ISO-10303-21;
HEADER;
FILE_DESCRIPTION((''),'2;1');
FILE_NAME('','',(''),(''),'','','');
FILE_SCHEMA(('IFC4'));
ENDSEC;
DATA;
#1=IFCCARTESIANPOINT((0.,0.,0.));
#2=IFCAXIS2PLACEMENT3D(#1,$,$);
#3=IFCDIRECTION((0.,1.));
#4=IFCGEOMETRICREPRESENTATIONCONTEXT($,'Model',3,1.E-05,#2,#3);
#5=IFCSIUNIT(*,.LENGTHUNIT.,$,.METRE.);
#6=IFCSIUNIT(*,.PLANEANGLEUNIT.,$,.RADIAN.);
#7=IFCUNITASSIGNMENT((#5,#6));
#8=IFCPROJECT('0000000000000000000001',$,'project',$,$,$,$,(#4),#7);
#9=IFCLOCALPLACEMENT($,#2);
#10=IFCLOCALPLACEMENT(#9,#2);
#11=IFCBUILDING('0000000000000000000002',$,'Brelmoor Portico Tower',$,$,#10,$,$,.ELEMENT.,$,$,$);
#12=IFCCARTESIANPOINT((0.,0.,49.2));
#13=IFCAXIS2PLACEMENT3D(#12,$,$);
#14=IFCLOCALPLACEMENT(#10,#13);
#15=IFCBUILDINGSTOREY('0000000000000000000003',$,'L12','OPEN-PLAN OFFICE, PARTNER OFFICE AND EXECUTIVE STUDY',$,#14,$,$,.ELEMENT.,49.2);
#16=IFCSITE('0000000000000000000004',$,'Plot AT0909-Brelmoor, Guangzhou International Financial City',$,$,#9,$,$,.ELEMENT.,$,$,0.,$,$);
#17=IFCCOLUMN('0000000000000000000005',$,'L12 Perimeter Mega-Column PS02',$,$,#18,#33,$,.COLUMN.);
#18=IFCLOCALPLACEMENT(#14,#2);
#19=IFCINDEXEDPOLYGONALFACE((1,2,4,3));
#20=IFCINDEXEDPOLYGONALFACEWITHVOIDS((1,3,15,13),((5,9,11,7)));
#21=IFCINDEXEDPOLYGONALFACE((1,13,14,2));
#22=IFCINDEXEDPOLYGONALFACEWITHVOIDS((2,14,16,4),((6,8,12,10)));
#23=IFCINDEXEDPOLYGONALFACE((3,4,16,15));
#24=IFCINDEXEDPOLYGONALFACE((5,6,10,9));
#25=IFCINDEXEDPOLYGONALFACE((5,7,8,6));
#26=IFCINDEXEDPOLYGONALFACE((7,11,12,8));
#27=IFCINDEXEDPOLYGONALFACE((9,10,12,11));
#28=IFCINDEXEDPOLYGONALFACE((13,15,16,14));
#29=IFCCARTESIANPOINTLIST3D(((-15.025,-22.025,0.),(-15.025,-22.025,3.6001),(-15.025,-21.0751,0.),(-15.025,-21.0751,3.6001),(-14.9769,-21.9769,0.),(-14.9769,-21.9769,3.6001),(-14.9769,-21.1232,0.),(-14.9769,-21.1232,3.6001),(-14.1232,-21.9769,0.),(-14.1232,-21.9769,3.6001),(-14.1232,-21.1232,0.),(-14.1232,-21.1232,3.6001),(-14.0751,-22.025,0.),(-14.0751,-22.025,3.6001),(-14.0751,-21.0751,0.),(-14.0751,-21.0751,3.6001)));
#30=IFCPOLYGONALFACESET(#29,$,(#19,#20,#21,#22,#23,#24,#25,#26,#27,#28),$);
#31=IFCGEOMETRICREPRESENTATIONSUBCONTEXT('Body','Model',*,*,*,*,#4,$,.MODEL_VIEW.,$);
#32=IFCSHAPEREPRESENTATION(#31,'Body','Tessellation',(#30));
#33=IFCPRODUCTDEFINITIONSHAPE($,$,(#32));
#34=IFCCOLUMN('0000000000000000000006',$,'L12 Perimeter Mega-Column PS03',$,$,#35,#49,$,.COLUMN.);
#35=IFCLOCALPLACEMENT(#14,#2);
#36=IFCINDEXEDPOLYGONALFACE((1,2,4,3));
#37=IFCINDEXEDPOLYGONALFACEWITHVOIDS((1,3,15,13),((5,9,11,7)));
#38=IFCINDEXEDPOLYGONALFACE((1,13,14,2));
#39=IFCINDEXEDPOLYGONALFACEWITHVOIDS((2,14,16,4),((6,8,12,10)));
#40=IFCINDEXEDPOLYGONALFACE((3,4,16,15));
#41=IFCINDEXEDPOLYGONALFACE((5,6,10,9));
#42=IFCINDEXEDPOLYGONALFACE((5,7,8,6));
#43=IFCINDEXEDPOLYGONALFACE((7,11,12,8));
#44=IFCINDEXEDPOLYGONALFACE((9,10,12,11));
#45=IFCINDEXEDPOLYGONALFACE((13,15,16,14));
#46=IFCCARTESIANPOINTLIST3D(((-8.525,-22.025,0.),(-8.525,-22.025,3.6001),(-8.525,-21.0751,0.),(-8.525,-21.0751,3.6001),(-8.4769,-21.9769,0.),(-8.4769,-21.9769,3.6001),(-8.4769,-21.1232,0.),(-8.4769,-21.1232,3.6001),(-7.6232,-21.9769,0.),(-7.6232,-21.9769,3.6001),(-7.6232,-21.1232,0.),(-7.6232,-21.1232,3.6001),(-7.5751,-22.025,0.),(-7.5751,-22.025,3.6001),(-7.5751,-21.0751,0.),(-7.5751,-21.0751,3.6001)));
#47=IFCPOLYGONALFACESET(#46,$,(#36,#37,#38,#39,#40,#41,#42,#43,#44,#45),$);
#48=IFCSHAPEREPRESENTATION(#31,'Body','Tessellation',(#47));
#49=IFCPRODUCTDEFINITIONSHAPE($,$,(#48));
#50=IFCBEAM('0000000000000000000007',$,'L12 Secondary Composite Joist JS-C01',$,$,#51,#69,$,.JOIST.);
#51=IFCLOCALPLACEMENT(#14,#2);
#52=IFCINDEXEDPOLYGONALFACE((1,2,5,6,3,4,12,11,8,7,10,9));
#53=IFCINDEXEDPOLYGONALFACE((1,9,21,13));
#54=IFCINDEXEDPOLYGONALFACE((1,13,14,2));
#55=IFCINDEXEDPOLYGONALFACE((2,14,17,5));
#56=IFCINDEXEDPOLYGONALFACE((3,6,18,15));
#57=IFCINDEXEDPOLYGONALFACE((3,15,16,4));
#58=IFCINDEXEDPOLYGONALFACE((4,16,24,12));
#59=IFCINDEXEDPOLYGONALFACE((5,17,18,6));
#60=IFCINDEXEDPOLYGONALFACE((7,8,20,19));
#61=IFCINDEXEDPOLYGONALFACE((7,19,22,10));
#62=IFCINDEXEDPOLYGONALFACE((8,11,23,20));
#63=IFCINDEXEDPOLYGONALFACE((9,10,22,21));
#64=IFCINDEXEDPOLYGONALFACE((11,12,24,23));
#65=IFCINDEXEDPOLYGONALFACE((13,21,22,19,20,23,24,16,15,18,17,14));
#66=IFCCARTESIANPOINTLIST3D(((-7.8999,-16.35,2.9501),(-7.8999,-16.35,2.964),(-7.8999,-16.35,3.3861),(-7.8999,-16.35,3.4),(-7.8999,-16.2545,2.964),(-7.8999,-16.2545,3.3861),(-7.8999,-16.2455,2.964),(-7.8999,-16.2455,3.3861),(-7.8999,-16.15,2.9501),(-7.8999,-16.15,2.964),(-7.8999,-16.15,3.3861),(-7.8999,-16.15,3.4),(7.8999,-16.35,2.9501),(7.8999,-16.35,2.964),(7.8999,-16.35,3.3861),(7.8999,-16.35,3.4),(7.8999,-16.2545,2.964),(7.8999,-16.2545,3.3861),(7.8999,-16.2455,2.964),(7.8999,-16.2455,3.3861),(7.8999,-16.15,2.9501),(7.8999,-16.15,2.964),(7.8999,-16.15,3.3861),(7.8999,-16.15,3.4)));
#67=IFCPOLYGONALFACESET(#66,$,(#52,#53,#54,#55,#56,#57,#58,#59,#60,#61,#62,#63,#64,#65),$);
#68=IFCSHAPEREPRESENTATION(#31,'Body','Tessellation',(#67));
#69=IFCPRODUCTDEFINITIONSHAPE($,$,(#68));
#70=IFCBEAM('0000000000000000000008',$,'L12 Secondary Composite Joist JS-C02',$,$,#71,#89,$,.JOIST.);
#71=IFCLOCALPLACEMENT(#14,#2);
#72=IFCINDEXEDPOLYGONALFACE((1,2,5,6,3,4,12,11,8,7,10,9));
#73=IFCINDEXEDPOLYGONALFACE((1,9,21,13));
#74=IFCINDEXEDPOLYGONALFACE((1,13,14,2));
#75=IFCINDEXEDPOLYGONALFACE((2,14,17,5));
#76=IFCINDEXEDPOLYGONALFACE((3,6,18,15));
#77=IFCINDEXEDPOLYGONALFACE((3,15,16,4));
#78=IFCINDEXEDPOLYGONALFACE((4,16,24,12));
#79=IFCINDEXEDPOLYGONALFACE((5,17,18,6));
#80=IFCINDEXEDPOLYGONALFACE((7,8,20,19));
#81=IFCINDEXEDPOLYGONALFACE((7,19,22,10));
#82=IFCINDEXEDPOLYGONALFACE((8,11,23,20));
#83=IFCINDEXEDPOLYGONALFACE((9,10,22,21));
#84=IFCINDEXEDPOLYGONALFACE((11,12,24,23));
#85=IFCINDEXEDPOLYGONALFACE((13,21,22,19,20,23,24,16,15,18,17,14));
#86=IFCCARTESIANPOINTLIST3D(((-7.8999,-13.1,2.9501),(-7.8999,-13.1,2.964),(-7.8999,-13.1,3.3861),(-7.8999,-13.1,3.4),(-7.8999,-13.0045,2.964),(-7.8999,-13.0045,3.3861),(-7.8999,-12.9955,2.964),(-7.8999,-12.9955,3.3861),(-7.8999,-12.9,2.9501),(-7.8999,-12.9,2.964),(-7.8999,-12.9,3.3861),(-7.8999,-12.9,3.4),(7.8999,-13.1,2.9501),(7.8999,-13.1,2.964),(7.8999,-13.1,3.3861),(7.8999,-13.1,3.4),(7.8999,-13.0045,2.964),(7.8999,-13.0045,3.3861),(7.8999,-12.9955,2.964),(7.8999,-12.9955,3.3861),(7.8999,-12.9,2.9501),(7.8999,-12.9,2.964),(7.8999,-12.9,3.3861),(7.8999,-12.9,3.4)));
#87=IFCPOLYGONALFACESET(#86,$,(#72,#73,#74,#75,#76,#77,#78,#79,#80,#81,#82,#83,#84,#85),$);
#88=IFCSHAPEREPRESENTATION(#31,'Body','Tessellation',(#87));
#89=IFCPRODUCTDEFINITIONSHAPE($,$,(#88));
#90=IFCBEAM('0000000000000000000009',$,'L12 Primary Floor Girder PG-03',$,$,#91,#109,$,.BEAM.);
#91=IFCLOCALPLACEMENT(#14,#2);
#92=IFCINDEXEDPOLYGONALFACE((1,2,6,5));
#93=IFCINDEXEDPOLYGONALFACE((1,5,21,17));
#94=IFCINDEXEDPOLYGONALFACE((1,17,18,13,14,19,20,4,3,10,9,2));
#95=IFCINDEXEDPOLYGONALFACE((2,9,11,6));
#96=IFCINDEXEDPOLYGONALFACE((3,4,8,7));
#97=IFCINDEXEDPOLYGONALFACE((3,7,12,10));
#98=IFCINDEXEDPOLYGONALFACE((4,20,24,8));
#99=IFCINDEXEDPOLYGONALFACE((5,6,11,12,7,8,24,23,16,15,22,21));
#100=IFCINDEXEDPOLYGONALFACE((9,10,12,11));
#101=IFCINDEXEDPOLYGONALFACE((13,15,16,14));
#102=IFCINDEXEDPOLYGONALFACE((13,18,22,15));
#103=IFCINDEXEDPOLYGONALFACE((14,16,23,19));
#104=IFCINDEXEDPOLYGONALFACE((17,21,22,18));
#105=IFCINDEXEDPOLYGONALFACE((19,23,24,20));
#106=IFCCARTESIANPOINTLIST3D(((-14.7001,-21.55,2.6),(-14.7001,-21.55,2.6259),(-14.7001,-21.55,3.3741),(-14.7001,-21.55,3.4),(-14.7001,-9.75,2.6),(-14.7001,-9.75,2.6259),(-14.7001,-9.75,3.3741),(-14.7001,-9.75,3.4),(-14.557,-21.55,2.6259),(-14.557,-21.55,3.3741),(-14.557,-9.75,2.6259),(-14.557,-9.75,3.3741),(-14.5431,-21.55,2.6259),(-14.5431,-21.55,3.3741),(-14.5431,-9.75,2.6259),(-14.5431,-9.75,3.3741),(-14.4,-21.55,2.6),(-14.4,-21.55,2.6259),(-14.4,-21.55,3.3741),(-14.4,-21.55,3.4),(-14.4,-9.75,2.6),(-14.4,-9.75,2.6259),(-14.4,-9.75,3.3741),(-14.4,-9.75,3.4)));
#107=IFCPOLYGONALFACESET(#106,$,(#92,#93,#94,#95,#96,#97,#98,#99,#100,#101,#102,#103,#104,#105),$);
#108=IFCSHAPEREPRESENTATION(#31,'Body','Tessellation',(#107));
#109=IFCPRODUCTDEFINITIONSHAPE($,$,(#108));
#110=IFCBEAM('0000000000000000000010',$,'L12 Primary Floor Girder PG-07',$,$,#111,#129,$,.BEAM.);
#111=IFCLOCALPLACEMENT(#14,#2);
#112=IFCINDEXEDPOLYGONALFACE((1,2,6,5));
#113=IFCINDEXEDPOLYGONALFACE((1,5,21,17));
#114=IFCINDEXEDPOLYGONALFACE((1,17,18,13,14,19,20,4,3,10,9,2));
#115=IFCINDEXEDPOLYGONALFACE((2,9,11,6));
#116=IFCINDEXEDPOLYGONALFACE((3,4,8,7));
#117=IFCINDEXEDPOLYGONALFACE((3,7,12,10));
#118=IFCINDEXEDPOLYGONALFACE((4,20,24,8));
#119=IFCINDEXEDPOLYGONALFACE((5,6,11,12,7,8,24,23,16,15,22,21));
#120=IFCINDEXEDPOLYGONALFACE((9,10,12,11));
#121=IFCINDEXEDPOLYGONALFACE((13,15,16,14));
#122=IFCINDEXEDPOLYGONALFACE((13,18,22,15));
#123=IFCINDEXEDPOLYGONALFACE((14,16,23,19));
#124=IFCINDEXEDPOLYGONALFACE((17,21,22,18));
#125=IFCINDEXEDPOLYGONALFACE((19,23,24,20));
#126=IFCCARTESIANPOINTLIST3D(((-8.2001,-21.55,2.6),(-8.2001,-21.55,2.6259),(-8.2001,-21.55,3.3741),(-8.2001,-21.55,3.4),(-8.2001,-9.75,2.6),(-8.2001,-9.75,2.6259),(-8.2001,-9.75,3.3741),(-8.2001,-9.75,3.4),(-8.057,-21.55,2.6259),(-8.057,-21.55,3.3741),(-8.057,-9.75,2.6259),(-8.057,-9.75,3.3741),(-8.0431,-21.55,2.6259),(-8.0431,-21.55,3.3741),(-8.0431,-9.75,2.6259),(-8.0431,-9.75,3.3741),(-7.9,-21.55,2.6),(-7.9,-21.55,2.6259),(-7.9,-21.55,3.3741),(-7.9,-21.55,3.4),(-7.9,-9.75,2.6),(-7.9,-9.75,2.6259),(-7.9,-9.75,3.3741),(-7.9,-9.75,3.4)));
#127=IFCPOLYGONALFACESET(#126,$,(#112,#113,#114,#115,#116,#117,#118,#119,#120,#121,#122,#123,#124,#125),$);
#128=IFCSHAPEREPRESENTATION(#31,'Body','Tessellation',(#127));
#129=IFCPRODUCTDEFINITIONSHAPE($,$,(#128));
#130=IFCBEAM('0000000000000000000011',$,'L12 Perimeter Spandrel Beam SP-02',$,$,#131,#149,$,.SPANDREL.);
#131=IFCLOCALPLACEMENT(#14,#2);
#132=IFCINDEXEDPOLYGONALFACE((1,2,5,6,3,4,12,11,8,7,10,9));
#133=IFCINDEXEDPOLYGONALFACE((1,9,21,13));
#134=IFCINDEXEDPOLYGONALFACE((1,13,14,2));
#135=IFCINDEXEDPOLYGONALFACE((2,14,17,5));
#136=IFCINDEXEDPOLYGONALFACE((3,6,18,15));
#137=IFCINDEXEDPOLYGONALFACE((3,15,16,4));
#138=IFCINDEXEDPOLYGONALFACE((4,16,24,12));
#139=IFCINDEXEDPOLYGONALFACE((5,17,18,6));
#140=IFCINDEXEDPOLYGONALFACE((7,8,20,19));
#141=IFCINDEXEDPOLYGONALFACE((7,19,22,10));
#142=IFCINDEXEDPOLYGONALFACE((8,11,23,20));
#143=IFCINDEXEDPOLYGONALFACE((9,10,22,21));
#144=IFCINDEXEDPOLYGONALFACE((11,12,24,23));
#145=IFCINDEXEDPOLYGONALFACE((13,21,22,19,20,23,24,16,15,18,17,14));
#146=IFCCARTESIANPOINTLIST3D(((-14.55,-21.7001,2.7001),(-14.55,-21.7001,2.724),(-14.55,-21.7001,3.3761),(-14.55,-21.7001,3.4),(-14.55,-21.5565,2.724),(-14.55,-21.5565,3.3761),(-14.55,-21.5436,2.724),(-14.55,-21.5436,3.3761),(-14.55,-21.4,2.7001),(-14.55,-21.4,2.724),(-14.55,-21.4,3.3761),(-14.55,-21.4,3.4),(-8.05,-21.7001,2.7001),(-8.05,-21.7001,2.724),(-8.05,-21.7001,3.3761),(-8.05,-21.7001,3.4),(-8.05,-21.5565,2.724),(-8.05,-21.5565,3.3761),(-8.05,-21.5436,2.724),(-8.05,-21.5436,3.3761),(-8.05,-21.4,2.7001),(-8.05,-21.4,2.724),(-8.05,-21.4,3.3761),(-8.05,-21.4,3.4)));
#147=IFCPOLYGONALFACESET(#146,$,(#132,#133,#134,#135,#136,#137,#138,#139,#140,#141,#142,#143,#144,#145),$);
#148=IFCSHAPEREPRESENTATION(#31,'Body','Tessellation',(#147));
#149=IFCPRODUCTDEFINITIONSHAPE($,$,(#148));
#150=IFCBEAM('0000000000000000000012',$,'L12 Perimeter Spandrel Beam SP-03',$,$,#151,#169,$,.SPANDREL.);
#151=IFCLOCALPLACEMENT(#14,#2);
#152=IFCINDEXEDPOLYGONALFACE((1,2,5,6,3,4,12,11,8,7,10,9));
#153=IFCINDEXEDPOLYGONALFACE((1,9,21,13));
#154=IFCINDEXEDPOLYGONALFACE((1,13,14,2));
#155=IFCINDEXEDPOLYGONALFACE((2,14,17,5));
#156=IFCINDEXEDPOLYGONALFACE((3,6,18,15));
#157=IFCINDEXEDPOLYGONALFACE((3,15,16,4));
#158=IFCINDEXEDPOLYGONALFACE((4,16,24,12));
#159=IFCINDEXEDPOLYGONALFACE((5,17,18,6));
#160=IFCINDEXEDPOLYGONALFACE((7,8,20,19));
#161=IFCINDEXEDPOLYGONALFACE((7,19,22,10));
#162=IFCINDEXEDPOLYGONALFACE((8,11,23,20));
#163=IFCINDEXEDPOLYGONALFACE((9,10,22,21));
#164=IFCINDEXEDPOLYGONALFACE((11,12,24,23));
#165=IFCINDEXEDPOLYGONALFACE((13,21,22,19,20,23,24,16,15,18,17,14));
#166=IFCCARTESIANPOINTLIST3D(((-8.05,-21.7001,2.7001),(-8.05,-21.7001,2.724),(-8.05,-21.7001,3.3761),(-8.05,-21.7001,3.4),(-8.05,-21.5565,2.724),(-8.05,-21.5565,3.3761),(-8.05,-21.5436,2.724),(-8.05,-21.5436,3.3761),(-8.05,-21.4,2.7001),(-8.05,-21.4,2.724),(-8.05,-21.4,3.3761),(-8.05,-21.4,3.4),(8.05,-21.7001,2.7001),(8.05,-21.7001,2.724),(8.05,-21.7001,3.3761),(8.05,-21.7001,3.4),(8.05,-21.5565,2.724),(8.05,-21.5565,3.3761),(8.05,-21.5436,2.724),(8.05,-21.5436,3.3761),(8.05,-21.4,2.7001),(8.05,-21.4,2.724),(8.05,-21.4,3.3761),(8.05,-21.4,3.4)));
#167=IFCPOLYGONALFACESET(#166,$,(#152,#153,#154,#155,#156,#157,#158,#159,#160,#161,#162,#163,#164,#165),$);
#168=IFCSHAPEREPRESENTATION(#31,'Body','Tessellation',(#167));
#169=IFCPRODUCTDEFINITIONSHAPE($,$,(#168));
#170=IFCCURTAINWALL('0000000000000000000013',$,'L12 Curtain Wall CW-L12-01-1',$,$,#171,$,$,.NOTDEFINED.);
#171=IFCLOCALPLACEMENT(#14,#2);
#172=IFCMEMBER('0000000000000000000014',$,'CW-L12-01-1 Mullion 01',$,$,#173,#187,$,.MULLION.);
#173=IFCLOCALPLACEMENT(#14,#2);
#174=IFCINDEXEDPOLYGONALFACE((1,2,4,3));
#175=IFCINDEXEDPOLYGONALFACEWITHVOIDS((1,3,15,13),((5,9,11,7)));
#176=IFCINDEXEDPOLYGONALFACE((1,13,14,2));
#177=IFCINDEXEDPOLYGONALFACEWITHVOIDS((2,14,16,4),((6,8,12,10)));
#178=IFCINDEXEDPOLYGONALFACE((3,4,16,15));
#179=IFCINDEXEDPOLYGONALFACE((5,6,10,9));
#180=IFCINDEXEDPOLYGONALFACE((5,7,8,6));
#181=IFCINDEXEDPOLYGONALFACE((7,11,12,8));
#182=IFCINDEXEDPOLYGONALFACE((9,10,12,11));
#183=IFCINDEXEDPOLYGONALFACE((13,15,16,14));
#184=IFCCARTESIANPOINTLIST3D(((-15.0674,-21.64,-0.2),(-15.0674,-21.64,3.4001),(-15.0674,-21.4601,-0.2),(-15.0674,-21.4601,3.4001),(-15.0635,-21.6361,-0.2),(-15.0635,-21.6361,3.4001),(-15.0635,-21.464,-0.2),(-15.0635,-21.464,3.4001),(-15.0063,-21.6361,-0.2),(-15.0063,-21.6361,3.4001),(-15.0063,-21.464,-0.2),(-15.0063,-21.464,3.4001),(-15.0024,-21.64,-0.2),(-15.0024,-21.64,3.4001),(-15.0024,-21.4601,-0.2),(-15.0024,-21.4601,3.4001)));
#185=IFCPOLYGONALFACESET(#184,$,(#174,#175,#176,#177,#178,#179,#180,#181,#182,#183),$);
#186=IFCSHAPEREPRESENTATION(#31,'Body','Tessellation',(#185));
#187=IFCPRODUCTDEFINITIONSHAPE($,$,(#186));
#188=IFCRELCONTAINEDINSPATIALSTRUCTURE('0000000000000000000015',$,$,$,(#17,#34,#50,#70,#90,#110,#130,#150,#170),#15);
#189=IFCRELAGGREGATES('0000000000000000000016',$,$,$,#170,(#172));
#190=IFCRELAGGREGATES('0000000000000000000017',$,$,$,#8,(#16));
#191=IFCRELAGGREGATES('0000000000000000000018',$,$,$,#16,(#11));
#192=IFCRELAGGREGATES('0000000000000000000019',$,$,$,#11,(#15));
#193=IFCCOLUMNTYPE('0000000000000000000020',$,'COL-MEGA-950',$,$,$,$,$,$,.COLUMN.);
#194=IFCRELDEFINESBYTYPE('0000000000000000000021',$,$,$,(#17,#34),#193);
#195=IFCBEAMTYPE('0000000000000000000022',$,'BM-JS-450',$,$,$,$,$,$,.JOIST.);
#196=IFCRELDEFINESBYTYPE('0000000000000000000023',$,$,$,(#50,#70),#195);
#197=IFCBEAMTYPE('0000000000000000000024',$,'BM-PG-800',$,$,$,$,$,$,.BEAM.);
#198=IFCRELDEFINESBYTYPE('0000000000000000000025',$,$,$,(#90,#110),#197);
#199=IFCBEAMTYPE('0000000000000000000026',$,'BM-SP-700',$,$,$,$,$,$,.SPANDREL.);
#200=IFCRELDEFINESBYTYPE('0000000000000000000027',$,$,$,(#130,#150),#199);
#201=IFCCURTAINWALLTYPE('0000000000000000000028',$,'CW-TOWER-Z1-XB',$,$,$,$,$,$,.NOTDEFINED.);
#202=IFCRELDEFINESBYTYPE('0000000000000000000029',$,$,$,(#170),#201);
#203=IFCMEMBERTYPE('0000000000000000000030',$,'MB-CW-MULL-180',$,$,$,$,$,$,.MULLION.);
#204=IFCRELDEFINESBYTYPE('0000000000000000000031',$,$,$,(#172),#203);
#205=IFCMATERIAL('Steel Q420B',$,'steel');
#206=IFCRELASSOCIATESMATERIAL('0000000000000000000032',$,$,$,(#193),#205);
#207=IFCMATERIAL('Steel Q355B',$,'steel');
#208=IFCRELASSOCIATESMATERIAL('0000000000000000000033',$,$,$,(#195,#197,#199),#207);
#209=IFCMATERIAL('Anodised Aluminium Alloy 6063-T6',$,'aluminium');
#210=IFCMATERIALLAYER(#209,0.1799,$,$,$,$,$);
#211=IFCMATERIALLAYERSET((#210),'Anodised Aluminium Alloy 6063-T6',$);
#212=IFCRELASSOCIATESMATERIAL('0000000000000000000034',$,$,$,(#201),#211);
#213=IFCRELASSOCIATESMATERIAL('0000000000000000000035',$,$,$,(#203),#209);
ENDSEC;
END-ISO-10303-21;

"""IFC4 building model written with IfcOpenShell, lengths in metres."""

from ifc_helpers import new_model, si_unit, direction, frame, origin, origin_2d, place, context, subcontext, project, spatial, hollow_rectangle, i_section, extrude, material, layer, layer_set, material_profile, profile_set, type_object, element, aggregate, save


model = new_model("IFC4")

# Units and contexts
model_context = context("Model", 3, precision=1e-05, world=origin(), true_north=direction((0.0, 1.0)))
body_context = subcontext(model_context, "Body", "Model", "MODEL_VIEW")
ifc_project = project(units=[si_unit("LENGTHUNIT", "METRE"), si_unit("PLANEANGLEUNIT", "RADIAN")], contexts=[model_context])

# Site, building, storey
site_placement = place(None, origin())
site = spatial("IfcSite", under=ifc_project, at=site_placement, Name="Plot AT0909-Brelmoor, Guangzhou International Financial City", CompositionType="ELEMENT", RefElevation=0.0)
building_placement = place(site_placement, origin())
building = spatial("IfcBuilding", under=site, at=building_placement, Name="Brelmoor Portico Tower", CompositionType="ELEMENT")
storey_placement = place(building_placement, frame((0.0, 0.0, 49.2)))
storey = spatial("IfcBuildingStorey", under=building, at=storey_placement, Name="L12", Description="OPEN-PLAN OFFICE, PARTNER OFFICE AND EXECUTIVE STUDY", CompositionType="ELEMENT", Elevation=49.2)

# Columns
ifc_material_1 = material(Name="Steel Q420B", Category="steel")
ifc_material_profile_1 = material_profile(ifc_material_1, hollow_rectangle(XDim=0.95, YDim=0.95, WallThickness=0.0481, at=origin_2d()), Name="BOX 950x950x48")
ifc_profile_set_1 = profile_set([ifc_material_profile_1], Name="Steel Q420B")
column_type = type_object("IfcColumnType", Name="COL-MEGA-950", PredefinedType="COLUMN", material=ifc_profile_set_1)
for number, where, z_axis, x_axis, name in (
    (1, (-14.55, -21.55, 0.0), (0.0, 0.0, 1.0), (1.0, 0.0, 0.0), "L12 Perimeter Mega-Column PS02"),
    (2, (-8.05, -21.55, 0.0), (0.0, 0.0, 1.0), (1.0, 0.0, 0.0), "L12 Perimeter Mega-Column PS03"),
):
    element("IfcColumn", number, at=place(storey_placement, frame(where, z_axis=z_axis, x_axis=x_axis)), inside=storey, type_object=column_type, Name=name, PredefinedType="COLUMN", context=body_context, shape_type="SweptSolid", body=[
        extrude(hollow_rectangle(XDim=0.95, YDim=0.95, WallThickness=0.0481, at=origin_2d()), origin(), (0.0, 0.0, 1.0), 3.6001),
    ])

# Beams
ifc_material_2 = material(Name="Steel Q355B", Category="steel")
ifc_material_profile_2 = material_profile(ifc_material_2, i_section(OverallWidth=0.2, OverallDepth=0.45, WebThickness=0.009, FlangeThickness=0.0139, at=origin_2d()), Name="HN 450x200x9x14")
ifc_profile_set_2 = profile_set([ifc_material_profile_2], Name="Steel Q355B")
beam_type_1 = type_object("IfcBeamType", Name="BM-JS-450", PredefinedType="JOIST", material=ifc_profile_set_2)
for number, where, z_axis, x_axis, name in (
    (3, (-7.8999, -16.25, 3.175), (1.0, 0.0, 0.0), (0.0, 1.0, 0.0), "L12 Secondary Composite Joist JS-C01"),
    (4, (-7.8999, -13.0, 3.175), (1.0, 0.0, 0.0), (0.0, 1.0, 0.0), "L12 Secondary Composite Joist JS-C02"),
):
    element("IfcBeam", number, at=place(storey_placement, frame(where, z_axis=z_axis, x_axis=x_axis)), inside=storey, type_object=beam_type_1, Name=name, PredefinedType="JOIST", context=body_context, shape_type="SweptSolid", body=[
        extrude(i_section(OverallWidth=0.2, OverallDepth=0.45, WebThickness=0.009, FlangeThickness=0.0139, at=origin_2d()), origin(), (0.0, 0.0, 1.0), 15.7998),
    ])
ifc_material_profile_3 = material_profile(ifc_material_2, i_section(OverallWidth=0.3, OverallDepth=0.8, WebThickness=0.0139, FlangeThickness=0.0259, at=origin_2d()), Name="HN 800x300x14x26")
ifc_profile_set_3 = profile_set([ifc_material_profile_3], Name="Steel Q355B")
beam_type_2 = type_object("IfcBeamType", Name="BM-PG-800", PredefinedType="BEAM", material=ifc_profile_set_3)
for number, where, z_axis, x_axis, name in (
    (5, (-14.55, -21.55, 3.0), (0.0, 1.0, 0.0), (-1.0, 0.0, 0.0), "L12 Primary Floor Girder PG-03"),
    (6, (-8.05, -21.55, 3.0), (0.0, 1.0, 0.0), (-1.0, 0.0, 0.0), "L12 Primary Floor Girder PG-07"),
):
    element("IfcBeam", number, at=place(storey_placement, frame(where, z_axis=z_axis, x_axis=x_axis)), inside=storey, type_object=beam_type_2, Name=name, PredefinedType="BEAM", context=body_context, shape_type="SweptSolid", body=[
        extrude(i_section(OverallWidth=0.3, OverallDepth=0.8, WebThickness=0.0139, FlangeThickness=0.0259, at=origin_2d()), origin(), (0.0, 0.0, 1.0), 11.8),
    ])
ifc_material_profile_4 = material_profile(ifc_material_2, i_section(OverallWidth=0.3, OverallDepth=0.7, WebThickness=0.0129, FlangeThickness=0.0239, at=origin_2d()), Name="HN 700x300x13x24")
ifc_profile_set_4 = profile_set([ifc_material_profile_4], Name="Steel Q355B")
beam_type_3 = type_object("IfcBeamType", Name="BM-SP-700", PredefinedType="SPANDREL", material=ifc_profile_set_4)
beam_1_placement = place(storey_placement, frame((-14.55, -21.55, 3.05), z_axis=(1.0, 0.0, 0.0), x_axis=(0.0, 1.0, 0.0)))
element("IfcBeam", 7, at=beam_1_placement, inside=storey, type_object=beam_type_3, Name="L12 Perimeter Spandrel Beam SP-02", PredefinedType="SPANDREL", context=body_context, shape_type="SweptSolid", body=[
    extrude(i_section(OverallWidth=0.3, OverallDepth=0.7, WebThickness=0.0129, FlangeThickness=0.0239, at=origin_2d()), origin(), (0.0, 0.0, 1.0), 6.5),
])
beam_2_placement = place(storey_placement, frame((-8.05, -21.55, 3.05), z_axis=(1.0, 0.0, 0.0), x_axis=(0.0, 1.0, 0.0)))
element("IfcBeam", 8, at=beam_2_placement, inside=storey, type_object=beam_type_3, Name="L12 Perimeter Spandrel Beam SP-03", PredefinedType="SPANDREL", context=body_context, shape_type="SweptSolid", body=[
    extrude(i_section(OverallWidth=0.3, OverallDepth=0.7, WebThickness=0.0129, FlangeThickness=0.0239, at=origin_2d()), origin(), (0.0, 0.0, 1.0), 16.1001),
])

# Curtain wall, member
ifc_material_3 = material(Name="Anodised Aluminium Alloy 6063-T6", Category="aluminium")
ifc_layer_1 = layer(ifc_material_3, 0.1799)
ifc_layer_set_1 = layer_set([ifc_layer_1], Name="Anodised Aluminium Alloy 6063-T6")
curtain_wall_type_1 = type_object("IfcCurtainWallType", Name="CW-TOWER-Z1-XB", PredefinedType="NOTDEFINED", material=ifc_layer_set_1)
curtain_wall_1_placement = place(storey_placement, origin())
curtain_wall_1 = element("IfcCurtainWall", 9, at=curtain_wall_1_placement, inside=storey, type_object=curtain_wall_type_1, Name="L12 Curtain Wall CW-L12-01-1", PredefinedType="NOTDEFINED")
ifc_material_profile_5 = material_profile(ifc_material_3, hollow_rectangle(XDim=0.0649, YDim=0.1799, WallThickness=0.0039, at=origin_2d()), Name="ALU MULLION 65x180")
ifc_profile_set_5 = profile_set([ifc_material_profile_5], Name="Anodised Aluminium Alloy 6063-T6")
member_type_1 = type_object("IfcMemberType", Name="MB-CW-MULL-180", PredefinedType="MULLION", material=ifc_profile_set_5)
member_1_placement = place(storey_placement, frame((-15.0349, -21.55, -0.2), z_axis=(0.0, 0.0, 1.0), x_axis=(1.0, 0.0, 0.0)))
member_1 = element("IfcMember", 10, at=member_1_placement, type_object=member_type_1, Name="CW-L12-01-1 Mullion 01", PredefinedType="MULLION", context=body_context, shape_type="SweptSolid", body=[
    extrude(hollow_rectangle(XDim=0.0649, YDim=0.1799, WallThickness=0.0039, at=origin_2d()), origin(), (0.0, 0.0, 1.0), 3.6001),
])

aggregate(curtain_wall_1, [member_1])

save(model, "model.ifc")
